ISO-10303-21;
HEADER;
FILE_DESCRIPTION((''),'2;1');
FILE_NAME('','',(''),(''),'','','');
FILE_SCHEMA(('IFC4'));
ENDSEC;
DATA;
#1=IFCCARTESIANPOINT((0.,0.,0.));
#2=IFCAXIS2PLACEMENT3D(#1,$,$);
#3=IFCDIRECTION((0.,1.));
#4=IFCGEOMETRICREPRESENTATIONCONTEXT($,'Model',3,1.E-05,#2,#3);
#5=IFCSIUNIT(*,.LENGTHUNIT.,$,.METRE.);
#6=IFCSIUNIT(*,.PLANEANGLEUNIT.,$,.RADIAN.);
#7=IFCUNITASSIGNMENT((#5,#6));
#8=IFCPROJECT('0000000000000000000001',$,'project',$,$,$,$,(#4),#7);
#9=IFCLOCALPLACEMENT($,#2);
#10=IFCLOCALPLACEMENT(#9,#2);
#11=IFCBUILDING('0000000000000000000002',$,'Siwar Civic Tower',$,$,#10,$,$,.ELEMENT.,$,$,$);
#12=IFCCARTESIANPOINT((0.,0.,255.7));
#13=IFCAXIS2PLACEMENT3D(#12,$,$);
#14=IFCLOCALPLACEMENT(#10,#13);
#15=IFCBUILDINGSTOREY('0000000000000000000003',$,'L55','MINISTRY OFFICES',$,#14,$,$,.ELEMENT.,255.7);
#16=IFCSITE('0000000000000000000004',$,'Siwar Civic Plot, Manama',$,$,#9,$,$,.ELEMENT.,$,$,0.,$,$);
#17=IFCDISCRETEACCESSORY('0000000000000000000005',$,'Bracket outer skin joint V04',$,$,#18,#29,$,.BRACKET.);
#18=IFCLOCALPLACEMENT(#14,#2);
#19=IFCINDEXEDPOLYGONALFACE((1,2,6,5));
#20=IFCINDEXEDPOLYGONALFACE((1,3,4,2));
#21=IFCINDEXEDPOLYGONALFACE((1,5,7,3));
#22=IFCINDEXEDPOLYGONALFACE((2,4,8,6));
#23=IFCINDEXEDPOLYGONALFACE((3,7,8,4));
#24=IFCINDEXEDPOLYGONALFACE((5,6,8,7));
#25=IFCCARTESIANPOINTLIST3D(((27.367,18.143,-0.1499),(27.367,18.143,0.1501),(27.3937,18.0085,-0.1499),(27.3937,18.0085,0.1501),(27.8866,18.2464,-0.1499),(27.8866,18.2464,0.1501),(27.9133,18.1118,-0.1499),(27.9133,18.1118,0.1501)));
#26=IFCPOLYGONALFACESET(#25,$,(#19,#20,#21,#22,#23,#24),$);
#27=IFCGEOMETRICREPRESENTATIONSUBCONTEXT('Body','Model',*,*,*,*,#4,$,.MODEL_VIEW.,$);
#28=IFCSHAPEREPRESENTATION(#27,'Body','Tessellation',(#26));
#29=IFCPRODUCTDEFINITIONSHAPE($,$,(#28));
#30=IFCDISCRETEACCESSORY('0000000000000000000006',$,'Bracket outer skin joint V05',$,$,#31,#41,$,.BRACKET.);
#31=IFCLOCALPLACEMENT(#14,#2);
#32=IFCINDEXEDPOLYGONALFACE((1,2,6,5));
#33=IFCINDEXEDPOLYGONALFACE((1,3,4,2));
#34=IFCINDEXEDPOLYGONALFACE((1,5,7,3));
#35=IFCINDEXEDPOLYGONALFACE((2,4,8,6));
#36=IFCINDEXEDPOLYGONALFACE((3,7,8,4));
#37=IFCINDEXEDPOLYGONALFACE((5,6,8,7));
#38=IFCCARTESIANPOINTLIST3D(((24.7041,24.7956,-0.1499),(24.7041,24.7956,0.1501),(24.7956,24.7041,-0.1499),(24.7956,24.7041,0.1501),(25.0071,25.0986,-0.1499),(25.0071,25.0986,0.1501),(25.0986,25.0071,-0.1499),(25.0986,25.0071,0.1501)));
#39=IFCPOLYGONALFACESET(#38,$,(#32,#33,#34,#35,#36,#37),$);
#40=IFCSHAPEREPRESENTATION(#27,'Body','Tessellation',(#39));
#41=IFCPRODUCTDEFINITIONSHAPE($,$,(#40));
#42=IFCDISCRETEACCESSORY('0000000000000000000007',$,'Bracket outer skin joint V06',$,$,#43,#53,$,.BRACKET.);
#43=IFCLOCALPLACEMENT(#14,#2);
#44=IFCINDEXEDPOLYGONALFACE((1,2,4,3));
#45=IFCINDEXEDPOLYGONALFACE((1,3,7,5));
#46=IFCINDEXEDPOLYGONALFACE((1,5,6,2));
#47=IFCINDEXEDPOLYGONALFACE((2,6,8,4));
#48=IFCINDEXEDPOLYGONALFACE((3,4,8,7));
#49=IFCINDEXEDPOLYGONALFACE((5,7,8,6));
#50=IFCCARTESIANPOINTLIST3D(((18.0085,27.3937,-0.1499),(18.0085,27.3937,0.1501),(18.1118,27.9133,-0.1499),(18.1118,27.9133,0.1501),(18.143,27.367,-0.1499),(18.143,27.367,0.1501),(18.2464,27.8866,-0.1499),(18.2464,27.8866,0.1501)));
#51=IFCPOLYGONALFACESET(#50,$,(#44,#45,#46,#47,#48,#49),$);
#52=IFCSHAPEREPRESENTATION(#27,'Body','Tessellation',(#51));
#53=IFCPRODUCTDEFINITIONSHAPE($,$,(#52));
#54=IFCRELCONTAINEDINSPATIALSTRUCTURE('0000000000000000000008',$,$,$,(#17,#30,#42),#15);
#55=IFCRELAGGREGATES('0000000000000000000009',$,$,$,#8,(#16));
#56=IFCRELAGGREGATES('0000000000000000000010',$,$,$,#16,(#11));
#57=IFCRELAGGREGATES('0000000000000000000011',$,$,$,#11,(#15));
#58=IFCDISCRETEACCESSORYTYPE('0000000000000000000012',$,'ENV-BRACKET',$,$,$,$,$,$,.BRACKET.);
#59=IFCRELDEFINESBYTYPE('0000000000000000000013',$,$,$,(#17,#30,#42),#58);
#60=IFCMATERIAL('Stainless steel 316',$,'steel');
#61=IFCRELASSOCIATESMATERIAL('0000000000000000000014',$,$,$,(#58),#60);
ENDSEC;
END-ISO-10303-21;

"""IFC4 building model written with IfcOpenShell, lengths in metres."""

from ifc_helpers import new_model, si_unit, direction, frame, origin, origin_2d, place, context, subcontext, project, spatial, rectangle, extrude, material, type_object, element, save


model = new_model("IFC4")

# Units and contexts
model_context = context("Model", 3, precision=1e-05, world=origin(), true_north=direction((0.0, 1.0)))
body_context = subcontext(model_context, "Body", "Model", "MODEL_VIEW")
ifc_project = project(units=[si_unit("LENGTHUNIT", "METRE"), si_unit("PLANEANGLEUNIT", "RADIAN")], contexts=[model_context])

# Site, building, storey
site_placement = place(None, origin())
site = spatial("IfcSite", under=ifc_project, at=site_placement, Name="Siwar Civic Plot, Manama", CompositionType="ELEMENT", RefElevation=0.0)
building_placement = place(site_placement, origin())
building = spatial("IfcBuilding", under=site, at=building_placement, Name="Siwar Civic Tower", CompositionType="ELEMENT")
storey_placement = place(building_placement, frame((0.0, 0.0, 255.7)))
storey = spatial("IfcBuildingStorey", under=building, at=storey_placement, Name="L55", Description="MINISTRY OFFICES", CompositionType="ELEMENT", Elevation=255.7)

# Discrete accessories
ifc_material_1 = material(Name="Stainless steel 316", Category="steel")
discrete_accessory_type = type_object("IfcDiscreteAccessoryType", Name="ENV-BRACKET", PredefinedType="BRACKET", material=ifc_material_1)
discrete_accessory_1_placement = place(storey_placement, frame((27.6401, 18.1274, -0.1499), z_axis=(0.0, 0.0, 1.0), x_axis=(0.980785, 0.19509, 0.0)))
element("IfcDiscreteAccessory", 1, at=discrete_accessory_1_placement, inside=storey, type_object=discrete_accessory_type, Name="Bracket outer skin joint V04", PredefinedType="BRACKET", context=body_context, shape_type="SweptSolid", body=[
    extrude(rectangle(XDim=0.5298, YDim=0.1372, at=origin_2d()), origin(), (0.0, 0.0, 1.0), 0.3),
])
discrete_accessory_2_placement = place(storey_placement, frame((24.9014, 24.9014, -0.1499), z_axis=(0.0, 0.0, 1.0), x_axis=(0.707107, 0.707107, 0.0)))
element("IfcDiscreteAccessory", 2, at=discrete_accessory_2_placement, inside=storey, type_object=discrete_accessory_type, Name="Bracket outer skin joint V05", PredefinedType="BRACKET", context=body_context, shape_type="SweptSolid", body=[
    extrude(rectangle(XDim=0.4285, YDim=0.1294, at=origin_2d()), origin(), (0.0, 0.0, 1.0), 0.3),
])
discrete_accessory_3_placement = place(storey_placement, frame((18.1274, 27.6401, -0.1499), z_axis=(0.0, 0.0, 1.0), x_axis=(0.19509, 0.980785, 0.0)))
element("IfcDiscreteAccessory", 3, at=discrete_accessory_3_placement, inside=storey, type_object=discrete_accessory_type, Name="Bracket outer skin joint V06", PredefinedType="BRACKET", context=body_context, shape_type="SweptSolid", body=[
    extrude(rectangle(XDim=0.5298, YDim=0.1372, at=origin_2d()), origin(), (0.0, 0.0, 1.0), 0.3),
])

save(model, "model.ifc")
